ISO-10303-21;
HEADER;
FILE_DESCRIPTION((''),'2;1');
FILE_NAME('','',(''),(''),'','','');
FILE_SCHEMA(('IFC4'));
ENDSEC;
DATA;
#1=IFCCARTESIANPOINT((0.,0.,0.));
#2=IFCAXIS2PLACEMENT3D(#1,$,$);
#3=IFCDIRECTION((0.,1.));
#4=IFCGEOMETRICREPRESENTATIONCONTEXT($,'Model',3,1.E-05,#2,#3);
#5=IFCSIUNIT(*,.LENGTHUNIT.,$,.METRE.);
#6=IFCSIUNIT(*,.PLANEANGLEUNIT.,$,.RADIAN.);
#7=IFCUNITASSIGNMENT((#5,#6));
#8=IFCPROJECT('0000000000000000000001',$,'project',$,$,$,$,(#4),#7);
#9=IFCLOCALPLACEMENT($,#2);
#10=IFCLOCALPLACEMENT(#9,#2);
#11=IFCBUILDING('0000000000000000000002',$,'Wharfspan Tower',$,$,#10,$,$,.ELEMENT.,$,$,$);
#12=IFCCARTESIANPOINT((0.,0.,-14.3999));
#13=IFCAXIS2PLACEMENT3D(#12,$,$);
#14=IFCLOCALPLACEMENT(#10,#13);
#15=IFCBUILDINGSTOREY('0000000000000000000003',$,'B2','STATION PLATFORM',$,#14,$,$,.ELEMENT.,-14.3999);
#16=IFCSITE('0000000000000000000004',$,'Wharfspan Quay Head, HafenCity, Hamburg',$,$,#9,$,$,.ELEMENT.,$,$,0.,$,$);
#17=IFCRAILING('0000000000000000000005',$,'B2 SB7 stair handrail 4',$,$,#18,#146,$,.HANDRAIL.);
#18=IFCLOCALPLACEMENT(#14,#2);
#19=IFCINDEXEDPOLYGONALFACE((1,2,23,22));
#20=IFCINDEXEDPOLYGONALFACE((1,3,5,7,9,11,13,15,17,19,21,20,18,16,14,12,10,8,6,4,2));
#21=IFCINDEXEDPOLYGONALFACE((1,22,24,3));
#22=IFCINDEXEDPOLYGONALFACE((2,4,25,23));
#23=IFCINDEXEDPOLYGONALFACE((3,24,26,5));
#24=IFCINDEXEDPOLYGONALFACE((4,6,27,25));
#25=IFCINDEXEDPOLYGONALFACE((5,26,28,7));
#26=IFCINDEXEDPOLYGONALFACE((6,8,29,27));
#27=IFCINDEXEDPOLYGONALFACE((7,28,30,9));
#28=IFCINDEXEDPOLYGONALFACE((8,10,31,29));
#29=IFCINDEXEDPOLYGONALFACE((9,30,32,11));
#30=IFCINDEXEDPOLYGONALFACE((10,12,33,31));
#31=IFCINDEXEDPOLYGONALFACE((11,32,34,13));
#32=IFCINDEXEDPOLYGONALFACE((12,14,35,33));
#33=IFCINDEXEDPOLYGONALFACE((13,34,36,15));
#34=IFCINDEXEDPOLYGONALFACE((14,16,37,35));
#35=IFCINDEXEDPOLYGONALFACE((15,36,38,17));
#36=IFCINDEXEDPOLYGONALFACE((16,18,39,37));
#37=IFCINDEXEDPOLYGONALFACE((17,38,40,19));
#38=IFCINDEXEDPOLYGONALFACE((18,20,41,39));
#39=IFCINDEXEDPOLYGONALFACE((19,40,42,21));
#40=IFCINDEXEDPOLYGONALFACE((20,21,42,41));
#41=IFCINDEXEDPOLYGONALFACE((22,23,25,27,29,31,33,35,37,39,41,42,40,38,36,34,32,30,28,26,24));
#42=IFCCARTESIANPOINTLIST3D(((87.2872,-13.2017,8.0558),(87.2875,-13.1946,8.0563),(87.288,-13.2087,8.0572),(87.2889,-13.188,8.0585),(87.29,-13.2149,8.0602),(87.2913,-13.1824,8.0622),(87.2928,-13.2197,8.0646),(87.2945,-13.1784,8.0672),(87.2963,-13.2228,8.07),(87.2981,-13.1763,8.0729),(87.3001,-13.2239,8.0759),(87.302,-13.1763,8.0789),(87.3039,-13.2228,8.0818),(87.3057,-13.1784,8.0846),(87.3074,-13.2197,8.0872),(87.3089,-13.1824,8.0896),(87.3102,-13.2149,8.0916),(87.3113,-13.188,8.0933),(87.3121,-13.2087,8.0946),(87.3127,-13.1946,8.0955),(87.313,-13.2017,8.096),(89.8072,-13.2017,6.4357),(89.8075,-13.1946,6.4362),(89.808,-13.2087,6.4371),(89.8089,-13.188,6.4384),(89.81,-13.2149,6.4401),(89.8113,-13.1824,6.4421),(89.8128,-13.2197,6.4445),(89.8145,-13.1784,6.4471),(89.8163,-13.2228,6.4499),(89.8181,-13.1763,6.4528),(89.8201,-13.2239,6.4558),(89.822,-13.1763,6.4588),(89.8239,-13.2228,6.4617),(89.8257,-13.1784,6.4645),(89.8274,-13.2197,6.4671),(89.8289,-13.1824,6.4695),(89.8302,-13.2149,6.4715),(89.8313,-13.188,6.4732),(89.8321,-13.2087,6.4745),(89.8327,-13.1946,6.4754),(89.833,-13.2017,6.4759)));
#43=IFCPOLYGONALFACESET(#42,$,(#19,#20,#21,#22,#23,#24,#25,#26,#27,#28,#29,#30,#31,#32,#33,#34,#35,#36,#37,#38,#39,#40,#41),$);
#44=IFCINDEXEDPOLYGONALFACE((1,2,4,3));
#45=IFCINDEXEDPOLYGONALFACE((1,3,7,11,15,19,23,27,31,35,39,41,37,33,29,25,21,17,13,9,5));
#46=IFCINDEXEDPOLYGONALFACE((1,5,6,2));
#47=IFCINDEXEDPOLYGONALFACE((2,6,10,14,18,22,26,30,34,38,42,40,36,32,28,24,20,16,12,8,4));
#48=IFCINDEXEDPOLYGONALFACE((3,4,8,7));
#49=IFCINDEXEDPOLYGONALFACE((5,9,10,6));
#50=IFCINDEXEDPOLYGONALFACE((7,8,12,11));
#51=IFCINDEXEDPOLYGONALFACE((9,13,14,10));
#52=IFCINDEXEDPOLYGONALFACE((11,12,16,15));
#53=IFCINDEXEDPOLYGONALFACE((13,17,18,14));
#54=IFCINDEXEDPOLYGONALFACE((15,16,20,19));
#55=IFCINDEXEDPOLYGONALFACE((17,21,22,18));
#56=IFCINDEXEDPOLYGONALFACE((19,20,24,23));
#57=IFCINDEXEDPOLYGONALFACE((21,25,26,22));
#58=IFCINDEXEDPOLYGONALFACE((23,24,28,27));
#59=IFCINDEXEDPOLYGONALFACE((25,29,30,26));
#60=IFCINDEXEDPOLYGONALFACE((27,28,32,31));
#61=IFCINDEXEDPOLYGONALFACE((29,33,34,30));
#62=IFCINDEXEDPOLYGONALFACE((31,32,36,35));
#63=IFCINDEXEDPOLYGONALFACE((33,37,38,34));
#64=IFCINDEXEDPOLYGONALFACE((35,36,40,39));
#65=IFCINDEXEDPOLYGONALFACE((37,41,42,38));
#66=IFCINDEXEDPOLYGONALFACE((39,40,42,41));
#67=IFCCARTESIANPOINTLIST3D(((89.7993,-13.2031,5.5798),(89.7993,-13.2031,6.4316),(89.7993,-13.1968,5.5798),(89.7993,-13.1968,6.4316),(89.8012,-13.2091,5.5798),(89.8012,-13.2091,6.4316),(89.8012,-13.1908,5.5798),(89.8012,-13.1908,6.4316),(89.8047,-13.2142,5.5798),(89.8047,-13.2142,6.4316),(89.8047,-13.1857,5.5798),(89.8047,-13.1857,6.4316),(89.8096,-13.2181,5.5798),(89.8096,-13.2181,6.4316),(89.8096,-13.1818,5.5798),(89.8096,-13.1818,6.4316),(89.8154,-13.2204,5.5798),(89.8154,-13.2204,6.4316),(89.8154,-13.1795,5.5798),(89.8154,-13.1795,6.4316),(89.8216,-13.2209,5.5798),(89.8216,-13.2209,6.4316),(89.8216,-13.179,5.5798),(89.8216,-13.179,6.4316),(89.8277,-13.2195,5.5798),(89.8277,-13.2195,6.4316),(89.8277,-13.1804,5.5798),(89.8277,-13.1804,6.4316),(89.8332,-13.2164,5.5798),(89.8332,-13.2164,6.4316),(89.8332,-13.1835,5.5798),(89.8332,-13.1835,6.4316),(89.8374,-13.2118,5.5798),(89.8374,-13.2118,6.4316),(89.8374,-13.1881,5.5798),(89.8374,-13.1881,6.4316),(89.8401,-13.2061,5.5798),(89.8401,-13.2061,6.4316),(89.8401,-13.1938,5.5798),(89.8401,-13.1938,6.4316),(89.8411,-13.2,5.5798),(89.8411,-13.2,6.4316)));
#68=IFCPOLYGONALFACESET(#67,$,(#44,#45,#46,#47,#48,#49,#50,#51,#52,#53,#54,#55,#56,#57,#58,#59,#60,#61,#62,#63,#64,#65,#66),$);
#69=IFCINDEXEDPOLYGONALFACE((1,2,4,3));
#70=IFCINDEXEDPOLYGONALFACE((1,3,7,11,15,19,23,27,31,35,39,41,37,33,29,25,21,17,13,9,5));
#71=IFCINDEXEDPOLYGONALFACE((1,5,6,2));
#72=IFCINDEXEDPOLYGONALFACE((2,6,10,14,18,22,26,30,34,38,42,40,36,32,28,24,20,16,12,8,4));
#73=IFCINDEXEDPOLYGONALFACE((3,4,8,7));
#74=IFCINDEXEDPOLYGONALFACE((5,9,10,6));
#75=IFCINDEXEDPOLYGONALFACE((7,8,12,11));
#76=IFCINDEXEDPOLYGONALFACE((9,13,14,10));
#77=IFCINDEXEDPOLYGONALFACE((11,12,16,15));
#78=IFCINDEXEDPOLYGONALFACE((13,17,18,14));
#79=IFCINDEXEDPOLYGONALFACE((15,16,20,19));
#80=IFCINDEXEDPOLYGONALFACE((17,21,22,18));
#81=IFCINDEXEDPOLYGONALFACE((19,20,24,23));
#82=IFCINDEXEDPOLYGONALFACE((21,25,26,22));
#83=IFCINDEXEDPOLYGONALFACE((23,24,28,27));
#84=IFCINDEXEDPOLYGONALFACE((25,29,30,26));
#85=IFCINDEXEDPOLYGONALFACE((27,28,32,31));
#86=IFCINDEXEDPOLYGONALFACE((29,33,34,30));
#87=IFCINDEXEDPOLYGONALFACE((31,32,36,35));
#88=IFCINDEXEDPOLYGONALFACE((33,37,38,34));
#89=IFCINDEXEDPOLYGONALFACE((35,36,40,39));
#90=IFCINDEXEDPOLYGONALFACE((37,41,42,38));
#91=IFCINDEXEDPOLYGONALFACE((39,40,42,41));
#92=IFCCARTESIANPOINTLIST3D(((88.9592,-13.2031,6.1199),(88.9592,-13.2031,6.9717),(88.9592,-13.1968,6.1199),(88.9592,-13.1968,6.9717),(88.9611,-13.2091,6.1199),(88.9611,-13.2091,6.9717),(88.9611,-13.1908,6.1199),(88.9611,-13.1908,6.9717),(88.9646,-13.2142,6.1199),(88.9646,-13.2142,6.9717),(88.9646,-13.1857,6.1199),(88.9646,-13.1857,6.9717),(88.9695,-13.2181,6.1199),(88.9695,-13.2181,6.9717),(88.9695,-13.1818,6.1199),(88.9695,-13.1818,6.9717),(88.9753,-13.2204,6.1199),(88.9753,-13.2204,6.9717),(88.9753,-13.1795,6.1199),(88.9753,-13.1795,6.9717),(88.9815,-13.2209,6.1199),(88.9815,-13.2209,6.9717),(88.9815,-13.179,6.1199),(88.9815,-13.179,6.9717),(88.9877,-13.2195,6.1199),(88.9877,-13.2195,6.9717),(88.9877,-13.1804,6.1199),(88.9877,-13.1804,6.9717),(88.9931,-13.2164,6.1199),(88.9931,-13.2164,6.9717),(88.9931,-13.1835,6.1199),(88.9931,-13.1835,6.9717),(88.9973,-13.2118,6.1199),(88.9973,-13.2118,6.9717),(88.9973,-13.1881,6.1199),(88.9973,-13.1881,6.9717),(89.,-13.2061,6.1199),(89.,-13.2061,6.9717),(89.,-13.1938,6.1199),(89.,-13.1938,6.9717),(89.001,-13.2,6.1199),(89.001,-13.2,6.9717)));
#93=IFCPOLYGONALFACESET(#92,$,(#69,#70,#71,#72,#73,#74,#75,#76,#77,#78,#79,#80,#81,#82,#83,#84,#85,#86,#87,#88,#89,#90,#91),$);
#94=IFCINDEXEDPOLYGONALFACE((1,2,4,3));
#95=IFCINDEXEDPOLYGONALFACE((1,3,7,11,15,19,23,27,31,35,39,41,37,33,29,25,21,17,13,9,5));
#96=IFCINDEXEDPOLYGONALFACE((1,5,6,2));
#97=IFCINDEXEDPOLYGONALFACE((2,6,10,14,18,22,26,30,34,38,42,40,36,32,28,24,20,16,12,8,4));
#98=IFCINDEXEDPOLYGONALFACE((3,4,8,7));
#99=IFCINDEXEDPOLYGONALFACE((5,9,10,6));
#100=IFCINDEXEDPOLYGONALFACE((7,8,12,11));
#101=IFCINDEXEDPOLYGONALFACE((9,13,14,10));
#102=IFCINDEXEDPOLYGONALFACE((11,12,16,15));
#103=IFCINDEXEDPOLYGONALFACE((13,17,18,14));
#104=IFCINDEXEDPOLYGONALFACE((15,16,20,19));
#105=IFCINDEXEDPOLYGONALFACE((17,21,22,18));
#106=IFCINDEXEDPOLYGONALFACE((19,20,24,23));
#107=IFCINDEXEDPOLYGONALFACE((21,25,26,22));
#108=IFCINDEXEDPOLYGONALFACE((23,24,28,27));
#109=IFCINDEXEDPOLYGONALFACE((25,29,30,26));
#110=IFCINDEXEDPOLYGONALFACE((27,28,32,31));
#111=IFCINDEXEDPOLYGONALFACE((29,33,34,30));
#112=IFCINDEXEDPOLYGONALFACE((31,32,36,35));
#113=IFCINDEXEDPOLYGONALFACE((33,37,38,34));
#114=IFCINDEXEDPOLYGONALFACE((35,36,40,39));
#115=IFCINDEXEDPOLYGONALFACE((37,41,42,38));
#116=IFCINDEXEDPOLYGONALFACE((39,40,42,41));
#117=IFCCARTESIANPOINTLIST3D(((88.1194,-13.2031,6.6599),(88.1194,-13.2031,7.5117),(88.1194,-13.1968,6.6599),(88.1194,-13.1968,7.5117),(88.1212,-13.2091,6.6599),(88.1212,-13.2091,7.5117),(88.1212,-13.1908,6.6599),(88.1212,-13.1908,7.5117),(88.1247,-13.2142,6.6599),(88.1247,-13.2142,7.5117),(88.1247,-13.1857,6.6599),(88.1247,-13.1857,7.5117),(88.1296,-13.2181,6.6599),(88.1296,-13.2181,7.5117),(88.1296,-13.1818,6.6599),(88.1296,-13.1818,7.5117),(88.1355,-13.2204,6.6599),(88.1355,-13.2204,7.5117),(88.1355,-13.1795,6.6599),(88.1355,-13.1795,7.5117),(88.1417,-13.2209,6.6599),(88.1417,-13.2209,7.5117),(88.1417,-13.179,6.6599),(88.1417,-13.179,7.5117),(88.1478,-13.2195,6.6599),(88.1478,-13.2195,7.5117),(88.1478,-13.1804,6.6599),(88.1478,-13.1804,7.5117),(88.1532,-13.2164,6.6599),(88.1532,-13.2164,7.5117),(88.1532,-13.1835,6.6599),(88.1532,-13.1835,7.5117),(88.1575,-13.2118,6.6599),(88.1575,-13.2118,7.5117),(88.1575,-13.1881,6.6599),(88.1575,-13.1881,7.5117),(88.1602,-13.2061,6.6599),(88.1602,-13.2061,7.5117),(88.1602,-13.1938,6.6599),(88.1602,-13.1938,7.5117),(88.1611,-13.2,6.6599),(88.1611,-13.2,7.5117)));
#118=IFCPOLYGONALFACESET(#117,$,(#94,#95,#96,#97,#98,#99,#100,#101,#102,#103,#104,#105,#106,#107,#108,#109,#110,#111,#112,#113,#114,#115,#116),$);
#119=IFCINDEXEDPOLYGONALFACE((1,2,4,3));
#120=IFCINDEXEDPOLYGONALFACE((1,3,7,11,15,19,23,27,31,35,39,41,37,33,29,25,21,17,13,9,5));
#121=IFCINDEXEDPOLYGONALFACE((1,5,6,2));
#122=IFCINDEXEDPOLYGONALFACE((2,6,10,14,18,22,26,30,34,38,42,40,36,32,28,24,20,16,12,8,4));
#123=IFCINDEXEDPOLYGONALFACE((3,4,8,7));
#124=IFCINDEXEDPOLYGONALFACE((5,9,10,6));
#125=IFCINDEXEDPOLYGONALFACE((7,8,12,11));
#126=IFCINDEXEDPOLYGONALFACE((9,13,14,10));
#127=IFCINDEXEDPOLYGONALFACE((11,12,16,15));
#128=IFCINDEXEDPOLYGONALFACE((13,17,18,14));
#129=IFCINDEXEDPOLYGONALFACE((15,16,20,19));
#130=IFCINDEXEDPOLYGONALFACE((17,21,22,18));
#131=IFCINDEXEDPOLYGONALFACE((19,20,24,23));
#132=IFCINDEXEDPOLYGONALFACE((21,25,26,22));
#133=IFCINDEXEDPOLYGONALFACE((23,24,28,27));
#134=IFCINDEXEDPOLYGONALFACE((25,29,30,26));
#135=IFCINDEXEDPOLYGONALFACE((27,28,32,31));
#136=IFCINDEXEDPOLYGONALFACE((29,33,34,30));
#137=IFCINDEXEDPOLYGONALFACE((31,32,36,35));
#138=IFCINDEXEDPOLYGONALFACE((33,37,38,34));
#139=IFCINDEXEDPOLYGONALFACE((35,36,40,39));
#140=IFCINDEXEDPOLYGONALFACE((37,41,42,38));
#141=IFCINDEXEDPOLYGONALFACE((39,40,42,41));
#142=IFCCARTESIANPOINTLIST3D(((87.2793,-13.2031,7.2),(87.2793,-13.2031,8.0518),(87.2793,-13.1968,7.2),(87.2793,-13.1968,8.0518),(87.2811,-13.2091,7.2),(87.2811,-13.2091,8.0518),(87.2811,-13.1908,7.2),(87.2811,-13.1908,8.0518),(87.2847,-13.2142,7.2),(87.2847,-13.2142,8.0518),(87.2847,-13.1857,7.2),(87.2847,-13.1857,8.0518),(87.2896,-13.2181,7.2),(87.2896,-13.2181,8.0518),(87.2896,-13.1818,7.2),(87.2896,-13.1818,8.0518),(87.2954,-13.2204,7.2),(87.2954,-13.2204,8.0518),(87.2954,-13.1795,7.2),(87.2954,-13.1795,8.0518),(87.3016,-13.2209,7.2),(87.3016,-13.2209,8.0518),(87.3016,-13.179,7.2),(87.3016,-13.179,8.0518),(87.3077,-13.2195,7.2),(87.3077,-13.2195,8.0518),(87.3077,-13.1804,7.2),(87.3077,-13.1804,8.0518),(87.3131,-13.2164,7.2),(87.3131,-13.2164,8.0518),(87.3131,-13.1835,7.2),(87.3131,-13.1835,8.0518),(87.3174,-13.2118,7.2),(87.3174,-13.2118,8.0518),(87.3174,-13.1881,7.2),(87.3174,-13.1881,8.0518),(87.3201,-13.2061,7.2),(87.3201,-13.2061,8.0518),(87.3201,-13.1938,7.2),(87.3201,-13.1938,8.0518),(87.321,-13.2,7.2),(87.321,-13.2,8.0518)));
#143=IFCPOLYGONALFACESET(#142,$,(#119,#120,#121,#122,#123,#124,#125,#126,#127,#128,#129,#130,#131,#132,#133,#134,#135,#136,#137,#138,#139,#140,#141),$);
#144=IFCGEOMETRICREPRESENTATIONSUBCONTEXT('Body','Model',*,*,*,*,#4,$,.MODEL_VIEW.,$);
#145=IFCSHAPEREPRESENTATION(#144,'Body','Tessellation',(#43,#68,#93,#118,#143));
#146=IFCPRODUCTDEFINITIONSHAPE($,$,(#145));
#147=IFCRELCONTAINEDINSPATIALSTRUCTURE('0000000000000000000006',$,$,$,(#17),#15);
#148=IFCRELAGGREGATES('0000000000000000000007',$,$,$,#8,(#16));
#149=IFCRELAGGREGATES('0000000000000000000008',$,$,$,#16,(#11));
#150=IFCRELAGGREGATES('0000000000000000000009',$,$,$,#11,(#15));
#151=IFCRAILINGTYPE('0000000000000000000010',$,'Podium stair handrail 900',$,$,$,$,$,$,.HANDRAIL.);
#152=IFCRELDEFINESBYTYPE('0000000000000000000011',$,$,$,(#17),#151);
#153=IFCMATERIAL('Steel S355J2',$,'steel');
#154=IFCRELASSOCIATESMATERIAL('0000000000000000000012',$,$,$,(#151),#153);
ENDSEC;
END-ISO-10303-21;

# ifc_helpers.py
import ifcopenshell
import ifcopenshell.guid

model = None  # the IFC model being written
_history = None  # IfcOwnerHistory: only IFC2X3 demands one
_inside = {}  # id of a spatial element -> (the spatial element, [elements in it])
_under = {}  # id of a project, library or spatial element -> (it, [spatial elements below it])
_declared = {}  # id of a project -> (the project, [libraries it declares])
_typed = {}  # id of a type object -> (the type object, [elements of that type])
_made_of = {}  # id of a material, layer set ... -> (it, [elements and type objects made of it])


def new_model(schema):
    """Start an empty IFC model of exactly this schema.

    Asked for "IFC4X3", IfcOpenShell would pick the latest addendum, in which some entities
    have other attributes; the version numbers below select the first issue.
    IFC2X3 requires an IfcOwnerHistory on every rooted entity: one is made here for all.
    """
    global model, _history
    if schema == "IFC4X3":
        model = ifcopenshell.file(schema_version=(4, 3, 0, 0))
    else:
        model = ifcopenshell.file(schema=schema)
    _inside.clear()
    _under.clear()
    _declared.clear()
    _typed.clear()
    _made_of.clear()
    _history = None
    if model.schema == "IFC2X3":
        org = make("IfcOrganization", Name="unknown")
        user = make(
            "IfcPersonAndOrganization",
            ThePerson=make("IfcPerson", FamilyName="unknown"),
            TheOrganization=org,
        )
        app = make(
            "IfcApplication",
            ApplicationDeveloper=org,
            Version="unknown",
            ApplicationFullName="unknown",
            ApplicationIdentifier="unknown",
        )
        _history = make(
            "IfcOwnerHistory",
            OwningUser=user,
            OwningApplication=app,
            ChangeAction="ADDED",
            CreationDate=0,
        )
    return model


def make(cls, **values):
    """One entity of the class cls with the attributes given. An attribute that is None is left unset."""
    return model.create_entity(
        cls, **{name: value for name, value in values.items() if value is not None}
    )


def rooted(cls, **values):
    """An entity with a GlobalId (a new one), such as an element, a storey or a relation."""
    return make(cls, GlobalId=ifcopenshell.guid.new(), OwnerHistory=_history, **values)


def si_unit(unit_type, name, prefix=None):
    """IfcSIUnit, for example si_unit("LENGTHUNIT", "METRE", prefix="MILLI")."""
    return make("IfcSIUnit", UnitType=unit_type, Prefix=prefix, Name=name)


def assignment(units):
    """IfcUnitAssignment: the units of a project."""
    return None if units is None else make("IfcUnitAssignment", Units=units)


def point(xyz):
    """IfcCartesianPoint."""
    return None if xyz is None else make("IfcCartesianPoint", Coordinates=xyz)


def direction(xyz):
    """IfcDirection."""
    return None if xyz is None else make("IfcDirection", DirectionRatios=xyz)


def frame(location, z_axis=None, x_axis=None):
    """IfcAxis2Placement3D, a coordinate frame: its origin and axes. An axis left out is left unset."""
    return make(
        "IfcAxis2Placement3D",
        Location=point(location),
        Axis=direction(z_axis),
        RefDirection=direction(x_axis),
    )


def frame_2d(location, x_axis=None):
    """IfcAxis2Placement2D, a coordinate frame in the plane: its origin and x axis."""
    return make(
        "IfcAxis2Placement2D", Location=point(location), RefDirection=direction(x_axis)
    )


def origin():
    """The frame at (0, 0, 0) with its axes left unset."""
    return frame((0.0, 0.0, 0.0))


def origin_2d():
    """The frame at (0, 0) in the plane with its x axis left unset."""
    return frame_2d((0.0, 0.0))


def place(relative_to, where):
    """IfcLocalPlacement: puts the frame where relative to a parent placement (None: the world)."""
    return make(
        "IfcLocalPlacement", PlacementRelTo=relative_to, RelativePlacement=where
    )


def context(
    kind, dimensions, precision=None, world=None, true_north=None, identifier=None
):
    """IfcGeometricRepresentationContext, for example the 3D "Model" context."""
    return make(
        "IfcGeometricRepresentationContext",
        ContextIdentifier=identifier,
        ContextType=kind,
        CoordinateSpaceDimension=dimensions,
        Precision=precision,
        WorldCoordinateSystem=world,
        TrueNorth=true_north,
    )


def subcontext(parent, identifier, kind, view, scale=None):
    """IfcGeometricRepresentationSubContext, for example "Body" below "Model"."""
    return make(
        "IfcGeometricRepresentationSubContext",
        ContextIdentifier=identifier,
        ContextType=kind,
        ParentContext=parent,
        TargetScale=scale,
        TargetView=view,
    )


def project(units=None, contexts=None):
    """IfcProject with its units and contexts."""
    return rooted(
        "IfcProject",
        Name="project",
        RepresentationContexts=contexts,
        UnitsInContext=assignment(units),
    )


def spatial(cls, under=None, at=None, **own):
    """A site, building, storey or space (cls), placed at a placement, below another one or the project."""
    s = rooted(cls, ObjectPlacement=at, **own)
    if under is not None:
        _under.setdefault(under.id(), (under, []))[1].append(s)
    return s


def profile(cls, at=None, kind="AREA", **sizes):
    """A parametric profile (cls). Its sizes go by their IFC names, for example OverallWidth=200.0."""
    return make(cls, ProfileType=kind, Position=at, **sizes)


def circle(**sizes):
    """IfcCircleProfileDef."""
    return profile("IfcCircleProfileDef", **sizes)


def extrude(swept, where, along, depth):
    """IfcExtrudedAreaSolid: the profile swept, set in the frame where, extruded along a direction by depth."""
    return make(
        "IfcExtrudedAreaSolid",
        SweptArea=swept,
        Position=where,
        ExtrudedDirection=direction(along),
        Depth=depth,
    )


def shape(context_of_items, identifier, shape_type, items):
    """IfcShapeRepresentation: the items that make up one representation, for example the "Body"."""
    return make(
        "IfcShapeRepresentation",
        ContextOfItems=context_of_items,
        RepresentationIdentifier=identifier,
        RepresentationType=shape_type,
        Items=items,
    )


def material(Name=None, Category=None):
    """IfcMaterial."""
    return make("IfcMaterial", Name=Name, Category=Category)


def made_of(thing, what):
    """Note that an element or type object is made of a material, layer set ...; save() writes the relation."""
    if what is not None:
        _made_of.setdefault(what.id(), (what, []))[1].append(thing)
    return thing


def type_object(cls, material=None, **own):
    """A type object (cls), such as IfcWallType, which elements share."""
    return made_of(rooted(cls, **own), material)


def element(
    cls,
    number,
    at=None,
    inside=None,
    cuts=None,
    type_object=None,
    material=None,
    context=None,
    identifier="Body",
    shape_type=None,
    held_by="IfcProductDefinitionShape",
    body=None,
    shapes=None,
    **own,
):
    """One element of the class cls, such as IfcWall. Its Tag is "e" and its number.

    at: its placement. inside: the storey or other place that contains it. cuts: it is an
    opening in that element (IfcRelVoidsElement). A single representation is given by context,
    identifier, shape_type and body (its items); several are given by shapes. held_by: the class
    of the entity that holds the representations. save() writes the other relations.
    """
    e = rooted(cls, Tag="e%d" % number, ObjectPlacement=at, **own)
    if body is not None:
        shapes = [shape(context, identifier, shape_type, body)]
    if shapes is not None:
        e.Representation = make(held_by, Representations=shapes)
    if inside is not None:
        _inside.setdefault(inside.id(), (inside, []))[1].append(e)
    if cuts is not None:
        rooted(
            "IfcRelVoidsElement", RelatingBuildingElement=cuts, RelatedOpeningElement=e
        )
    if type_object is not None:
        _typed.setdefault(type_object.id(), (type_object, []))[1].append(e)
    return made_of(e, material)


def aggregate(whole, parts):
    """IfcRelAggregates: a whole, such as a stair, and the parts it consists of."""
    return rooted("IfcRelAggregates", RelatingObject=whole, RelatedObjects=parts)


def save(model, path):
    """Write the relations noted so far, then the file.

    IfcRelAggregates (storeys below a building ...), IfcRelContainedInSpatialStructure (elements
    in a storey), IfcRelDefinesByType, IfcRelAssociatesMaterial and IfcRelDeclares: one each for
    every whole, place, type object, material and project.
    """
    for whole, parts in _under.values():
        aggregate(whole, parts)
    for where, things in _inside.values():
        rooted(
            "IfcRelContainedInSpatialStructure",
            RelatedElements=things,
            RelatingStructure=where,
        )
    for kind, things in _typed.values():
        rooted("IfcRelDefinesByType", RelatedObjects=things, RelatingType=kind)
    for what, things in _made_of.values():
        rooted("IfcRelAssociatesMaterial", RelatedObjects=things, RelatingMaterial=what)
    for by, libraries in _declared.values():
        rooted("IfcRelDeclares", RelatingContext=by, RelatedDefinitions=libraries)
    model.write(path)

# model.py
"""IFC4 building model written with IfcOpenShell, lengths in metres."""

from ifc_helpers import new_model, si_unit, direction, frame, origin, origin_2d, place, context, subcontext, project, spatial, circle, extrude, material, type_object, element, save


model = new_model("IFC4")

# Units and contexts
model_context = context("Model", 3, precision=1e-05, world=origin(), true_north=direction((0.0, 1.0)))
body_context = subcontext(model_context, "Body", "Model", "MODEL_VIEW")
ifc_project = project(units=[si_unit("LENGTHUNIT", "METRE"), si_unit("PLANEANGLEUNIT", "RADIAN")], contexts=[model_context])

# Site, building, storey
site_placement = place(None, origin())
site = spatial("IfcSite", under=ifc_project, at=site_placement, Name="Wharfspan Quay Head, HafenCity, Hamburg", CompositionType="ELEMENT", RefElevation=0.0)
building_placement = place(site_placement, origin())
building = spatial("IfcBuilding", under=site, at=building_placement, Name="Wharfspan Tower", CompositionType="ELEMENT")
storey_placement = place(building_placement, frame((0.0, 0.0, -14.3999)))
storey = spatial("IfcBuildingStorey", under=building, at=storey_placement, Name="B2", Description="STATION PLATFORM", CompositionType="ELEMENT", Elevation=-14.3999)

# Railing
ifc_material_1 = material(Name="Steel S355J2", Category="steel")
railing_type_1 = type_object("IfcRailingType", Name="Podium stair handrail 900", PredefinedType="HANDRAIL", material=ifc_material_1)
railing_1_placement = place(storey_placement, frame((89.8201, -13.2, 5.5798)))
element("IfcRailing", 1, at=railing_1_placement, inside=storey, type_object=railing_type_1, Name="B2 SB7 stair handrail 4", PredefinedType="HANDRAIL", context=body_context, shape_type="SweptSolid", body=[
    extrude(circle(Radius=0.0239, at=origin_2d()), frame((0.0, 0.0, 0.876), z_axis=(-0.841163, 0.0, 0.540782), x_axis=(0.0, -1.0, 0.0)), (0.0, 0.0, 1.0), 2.9958),
    extrude(circle(Radius=0.021, at=origin_2d()), origin(), (0.0, 0.0, 1.0), 0.8518),
    extrude(circle(Radius=0.021, at=origin_2d()), frame((-0.8401, 0.0, 0.54)), (0.0, 0.0, 1.0), 0.8518),
    extrude(circle(Radius=0.021, at=origin_2d()), frame((-1.6799, 0.0, 1.0801)), (0.0, 0.0, 1.0), 0.8518),
    extrude(circle(Radius=0.021, at=origin_2d()), frame((-2.52, 0.0, 1.6201)), (0.0, 0.0, 1.0), 0.8518),
])

save(model, "model.ifc")
